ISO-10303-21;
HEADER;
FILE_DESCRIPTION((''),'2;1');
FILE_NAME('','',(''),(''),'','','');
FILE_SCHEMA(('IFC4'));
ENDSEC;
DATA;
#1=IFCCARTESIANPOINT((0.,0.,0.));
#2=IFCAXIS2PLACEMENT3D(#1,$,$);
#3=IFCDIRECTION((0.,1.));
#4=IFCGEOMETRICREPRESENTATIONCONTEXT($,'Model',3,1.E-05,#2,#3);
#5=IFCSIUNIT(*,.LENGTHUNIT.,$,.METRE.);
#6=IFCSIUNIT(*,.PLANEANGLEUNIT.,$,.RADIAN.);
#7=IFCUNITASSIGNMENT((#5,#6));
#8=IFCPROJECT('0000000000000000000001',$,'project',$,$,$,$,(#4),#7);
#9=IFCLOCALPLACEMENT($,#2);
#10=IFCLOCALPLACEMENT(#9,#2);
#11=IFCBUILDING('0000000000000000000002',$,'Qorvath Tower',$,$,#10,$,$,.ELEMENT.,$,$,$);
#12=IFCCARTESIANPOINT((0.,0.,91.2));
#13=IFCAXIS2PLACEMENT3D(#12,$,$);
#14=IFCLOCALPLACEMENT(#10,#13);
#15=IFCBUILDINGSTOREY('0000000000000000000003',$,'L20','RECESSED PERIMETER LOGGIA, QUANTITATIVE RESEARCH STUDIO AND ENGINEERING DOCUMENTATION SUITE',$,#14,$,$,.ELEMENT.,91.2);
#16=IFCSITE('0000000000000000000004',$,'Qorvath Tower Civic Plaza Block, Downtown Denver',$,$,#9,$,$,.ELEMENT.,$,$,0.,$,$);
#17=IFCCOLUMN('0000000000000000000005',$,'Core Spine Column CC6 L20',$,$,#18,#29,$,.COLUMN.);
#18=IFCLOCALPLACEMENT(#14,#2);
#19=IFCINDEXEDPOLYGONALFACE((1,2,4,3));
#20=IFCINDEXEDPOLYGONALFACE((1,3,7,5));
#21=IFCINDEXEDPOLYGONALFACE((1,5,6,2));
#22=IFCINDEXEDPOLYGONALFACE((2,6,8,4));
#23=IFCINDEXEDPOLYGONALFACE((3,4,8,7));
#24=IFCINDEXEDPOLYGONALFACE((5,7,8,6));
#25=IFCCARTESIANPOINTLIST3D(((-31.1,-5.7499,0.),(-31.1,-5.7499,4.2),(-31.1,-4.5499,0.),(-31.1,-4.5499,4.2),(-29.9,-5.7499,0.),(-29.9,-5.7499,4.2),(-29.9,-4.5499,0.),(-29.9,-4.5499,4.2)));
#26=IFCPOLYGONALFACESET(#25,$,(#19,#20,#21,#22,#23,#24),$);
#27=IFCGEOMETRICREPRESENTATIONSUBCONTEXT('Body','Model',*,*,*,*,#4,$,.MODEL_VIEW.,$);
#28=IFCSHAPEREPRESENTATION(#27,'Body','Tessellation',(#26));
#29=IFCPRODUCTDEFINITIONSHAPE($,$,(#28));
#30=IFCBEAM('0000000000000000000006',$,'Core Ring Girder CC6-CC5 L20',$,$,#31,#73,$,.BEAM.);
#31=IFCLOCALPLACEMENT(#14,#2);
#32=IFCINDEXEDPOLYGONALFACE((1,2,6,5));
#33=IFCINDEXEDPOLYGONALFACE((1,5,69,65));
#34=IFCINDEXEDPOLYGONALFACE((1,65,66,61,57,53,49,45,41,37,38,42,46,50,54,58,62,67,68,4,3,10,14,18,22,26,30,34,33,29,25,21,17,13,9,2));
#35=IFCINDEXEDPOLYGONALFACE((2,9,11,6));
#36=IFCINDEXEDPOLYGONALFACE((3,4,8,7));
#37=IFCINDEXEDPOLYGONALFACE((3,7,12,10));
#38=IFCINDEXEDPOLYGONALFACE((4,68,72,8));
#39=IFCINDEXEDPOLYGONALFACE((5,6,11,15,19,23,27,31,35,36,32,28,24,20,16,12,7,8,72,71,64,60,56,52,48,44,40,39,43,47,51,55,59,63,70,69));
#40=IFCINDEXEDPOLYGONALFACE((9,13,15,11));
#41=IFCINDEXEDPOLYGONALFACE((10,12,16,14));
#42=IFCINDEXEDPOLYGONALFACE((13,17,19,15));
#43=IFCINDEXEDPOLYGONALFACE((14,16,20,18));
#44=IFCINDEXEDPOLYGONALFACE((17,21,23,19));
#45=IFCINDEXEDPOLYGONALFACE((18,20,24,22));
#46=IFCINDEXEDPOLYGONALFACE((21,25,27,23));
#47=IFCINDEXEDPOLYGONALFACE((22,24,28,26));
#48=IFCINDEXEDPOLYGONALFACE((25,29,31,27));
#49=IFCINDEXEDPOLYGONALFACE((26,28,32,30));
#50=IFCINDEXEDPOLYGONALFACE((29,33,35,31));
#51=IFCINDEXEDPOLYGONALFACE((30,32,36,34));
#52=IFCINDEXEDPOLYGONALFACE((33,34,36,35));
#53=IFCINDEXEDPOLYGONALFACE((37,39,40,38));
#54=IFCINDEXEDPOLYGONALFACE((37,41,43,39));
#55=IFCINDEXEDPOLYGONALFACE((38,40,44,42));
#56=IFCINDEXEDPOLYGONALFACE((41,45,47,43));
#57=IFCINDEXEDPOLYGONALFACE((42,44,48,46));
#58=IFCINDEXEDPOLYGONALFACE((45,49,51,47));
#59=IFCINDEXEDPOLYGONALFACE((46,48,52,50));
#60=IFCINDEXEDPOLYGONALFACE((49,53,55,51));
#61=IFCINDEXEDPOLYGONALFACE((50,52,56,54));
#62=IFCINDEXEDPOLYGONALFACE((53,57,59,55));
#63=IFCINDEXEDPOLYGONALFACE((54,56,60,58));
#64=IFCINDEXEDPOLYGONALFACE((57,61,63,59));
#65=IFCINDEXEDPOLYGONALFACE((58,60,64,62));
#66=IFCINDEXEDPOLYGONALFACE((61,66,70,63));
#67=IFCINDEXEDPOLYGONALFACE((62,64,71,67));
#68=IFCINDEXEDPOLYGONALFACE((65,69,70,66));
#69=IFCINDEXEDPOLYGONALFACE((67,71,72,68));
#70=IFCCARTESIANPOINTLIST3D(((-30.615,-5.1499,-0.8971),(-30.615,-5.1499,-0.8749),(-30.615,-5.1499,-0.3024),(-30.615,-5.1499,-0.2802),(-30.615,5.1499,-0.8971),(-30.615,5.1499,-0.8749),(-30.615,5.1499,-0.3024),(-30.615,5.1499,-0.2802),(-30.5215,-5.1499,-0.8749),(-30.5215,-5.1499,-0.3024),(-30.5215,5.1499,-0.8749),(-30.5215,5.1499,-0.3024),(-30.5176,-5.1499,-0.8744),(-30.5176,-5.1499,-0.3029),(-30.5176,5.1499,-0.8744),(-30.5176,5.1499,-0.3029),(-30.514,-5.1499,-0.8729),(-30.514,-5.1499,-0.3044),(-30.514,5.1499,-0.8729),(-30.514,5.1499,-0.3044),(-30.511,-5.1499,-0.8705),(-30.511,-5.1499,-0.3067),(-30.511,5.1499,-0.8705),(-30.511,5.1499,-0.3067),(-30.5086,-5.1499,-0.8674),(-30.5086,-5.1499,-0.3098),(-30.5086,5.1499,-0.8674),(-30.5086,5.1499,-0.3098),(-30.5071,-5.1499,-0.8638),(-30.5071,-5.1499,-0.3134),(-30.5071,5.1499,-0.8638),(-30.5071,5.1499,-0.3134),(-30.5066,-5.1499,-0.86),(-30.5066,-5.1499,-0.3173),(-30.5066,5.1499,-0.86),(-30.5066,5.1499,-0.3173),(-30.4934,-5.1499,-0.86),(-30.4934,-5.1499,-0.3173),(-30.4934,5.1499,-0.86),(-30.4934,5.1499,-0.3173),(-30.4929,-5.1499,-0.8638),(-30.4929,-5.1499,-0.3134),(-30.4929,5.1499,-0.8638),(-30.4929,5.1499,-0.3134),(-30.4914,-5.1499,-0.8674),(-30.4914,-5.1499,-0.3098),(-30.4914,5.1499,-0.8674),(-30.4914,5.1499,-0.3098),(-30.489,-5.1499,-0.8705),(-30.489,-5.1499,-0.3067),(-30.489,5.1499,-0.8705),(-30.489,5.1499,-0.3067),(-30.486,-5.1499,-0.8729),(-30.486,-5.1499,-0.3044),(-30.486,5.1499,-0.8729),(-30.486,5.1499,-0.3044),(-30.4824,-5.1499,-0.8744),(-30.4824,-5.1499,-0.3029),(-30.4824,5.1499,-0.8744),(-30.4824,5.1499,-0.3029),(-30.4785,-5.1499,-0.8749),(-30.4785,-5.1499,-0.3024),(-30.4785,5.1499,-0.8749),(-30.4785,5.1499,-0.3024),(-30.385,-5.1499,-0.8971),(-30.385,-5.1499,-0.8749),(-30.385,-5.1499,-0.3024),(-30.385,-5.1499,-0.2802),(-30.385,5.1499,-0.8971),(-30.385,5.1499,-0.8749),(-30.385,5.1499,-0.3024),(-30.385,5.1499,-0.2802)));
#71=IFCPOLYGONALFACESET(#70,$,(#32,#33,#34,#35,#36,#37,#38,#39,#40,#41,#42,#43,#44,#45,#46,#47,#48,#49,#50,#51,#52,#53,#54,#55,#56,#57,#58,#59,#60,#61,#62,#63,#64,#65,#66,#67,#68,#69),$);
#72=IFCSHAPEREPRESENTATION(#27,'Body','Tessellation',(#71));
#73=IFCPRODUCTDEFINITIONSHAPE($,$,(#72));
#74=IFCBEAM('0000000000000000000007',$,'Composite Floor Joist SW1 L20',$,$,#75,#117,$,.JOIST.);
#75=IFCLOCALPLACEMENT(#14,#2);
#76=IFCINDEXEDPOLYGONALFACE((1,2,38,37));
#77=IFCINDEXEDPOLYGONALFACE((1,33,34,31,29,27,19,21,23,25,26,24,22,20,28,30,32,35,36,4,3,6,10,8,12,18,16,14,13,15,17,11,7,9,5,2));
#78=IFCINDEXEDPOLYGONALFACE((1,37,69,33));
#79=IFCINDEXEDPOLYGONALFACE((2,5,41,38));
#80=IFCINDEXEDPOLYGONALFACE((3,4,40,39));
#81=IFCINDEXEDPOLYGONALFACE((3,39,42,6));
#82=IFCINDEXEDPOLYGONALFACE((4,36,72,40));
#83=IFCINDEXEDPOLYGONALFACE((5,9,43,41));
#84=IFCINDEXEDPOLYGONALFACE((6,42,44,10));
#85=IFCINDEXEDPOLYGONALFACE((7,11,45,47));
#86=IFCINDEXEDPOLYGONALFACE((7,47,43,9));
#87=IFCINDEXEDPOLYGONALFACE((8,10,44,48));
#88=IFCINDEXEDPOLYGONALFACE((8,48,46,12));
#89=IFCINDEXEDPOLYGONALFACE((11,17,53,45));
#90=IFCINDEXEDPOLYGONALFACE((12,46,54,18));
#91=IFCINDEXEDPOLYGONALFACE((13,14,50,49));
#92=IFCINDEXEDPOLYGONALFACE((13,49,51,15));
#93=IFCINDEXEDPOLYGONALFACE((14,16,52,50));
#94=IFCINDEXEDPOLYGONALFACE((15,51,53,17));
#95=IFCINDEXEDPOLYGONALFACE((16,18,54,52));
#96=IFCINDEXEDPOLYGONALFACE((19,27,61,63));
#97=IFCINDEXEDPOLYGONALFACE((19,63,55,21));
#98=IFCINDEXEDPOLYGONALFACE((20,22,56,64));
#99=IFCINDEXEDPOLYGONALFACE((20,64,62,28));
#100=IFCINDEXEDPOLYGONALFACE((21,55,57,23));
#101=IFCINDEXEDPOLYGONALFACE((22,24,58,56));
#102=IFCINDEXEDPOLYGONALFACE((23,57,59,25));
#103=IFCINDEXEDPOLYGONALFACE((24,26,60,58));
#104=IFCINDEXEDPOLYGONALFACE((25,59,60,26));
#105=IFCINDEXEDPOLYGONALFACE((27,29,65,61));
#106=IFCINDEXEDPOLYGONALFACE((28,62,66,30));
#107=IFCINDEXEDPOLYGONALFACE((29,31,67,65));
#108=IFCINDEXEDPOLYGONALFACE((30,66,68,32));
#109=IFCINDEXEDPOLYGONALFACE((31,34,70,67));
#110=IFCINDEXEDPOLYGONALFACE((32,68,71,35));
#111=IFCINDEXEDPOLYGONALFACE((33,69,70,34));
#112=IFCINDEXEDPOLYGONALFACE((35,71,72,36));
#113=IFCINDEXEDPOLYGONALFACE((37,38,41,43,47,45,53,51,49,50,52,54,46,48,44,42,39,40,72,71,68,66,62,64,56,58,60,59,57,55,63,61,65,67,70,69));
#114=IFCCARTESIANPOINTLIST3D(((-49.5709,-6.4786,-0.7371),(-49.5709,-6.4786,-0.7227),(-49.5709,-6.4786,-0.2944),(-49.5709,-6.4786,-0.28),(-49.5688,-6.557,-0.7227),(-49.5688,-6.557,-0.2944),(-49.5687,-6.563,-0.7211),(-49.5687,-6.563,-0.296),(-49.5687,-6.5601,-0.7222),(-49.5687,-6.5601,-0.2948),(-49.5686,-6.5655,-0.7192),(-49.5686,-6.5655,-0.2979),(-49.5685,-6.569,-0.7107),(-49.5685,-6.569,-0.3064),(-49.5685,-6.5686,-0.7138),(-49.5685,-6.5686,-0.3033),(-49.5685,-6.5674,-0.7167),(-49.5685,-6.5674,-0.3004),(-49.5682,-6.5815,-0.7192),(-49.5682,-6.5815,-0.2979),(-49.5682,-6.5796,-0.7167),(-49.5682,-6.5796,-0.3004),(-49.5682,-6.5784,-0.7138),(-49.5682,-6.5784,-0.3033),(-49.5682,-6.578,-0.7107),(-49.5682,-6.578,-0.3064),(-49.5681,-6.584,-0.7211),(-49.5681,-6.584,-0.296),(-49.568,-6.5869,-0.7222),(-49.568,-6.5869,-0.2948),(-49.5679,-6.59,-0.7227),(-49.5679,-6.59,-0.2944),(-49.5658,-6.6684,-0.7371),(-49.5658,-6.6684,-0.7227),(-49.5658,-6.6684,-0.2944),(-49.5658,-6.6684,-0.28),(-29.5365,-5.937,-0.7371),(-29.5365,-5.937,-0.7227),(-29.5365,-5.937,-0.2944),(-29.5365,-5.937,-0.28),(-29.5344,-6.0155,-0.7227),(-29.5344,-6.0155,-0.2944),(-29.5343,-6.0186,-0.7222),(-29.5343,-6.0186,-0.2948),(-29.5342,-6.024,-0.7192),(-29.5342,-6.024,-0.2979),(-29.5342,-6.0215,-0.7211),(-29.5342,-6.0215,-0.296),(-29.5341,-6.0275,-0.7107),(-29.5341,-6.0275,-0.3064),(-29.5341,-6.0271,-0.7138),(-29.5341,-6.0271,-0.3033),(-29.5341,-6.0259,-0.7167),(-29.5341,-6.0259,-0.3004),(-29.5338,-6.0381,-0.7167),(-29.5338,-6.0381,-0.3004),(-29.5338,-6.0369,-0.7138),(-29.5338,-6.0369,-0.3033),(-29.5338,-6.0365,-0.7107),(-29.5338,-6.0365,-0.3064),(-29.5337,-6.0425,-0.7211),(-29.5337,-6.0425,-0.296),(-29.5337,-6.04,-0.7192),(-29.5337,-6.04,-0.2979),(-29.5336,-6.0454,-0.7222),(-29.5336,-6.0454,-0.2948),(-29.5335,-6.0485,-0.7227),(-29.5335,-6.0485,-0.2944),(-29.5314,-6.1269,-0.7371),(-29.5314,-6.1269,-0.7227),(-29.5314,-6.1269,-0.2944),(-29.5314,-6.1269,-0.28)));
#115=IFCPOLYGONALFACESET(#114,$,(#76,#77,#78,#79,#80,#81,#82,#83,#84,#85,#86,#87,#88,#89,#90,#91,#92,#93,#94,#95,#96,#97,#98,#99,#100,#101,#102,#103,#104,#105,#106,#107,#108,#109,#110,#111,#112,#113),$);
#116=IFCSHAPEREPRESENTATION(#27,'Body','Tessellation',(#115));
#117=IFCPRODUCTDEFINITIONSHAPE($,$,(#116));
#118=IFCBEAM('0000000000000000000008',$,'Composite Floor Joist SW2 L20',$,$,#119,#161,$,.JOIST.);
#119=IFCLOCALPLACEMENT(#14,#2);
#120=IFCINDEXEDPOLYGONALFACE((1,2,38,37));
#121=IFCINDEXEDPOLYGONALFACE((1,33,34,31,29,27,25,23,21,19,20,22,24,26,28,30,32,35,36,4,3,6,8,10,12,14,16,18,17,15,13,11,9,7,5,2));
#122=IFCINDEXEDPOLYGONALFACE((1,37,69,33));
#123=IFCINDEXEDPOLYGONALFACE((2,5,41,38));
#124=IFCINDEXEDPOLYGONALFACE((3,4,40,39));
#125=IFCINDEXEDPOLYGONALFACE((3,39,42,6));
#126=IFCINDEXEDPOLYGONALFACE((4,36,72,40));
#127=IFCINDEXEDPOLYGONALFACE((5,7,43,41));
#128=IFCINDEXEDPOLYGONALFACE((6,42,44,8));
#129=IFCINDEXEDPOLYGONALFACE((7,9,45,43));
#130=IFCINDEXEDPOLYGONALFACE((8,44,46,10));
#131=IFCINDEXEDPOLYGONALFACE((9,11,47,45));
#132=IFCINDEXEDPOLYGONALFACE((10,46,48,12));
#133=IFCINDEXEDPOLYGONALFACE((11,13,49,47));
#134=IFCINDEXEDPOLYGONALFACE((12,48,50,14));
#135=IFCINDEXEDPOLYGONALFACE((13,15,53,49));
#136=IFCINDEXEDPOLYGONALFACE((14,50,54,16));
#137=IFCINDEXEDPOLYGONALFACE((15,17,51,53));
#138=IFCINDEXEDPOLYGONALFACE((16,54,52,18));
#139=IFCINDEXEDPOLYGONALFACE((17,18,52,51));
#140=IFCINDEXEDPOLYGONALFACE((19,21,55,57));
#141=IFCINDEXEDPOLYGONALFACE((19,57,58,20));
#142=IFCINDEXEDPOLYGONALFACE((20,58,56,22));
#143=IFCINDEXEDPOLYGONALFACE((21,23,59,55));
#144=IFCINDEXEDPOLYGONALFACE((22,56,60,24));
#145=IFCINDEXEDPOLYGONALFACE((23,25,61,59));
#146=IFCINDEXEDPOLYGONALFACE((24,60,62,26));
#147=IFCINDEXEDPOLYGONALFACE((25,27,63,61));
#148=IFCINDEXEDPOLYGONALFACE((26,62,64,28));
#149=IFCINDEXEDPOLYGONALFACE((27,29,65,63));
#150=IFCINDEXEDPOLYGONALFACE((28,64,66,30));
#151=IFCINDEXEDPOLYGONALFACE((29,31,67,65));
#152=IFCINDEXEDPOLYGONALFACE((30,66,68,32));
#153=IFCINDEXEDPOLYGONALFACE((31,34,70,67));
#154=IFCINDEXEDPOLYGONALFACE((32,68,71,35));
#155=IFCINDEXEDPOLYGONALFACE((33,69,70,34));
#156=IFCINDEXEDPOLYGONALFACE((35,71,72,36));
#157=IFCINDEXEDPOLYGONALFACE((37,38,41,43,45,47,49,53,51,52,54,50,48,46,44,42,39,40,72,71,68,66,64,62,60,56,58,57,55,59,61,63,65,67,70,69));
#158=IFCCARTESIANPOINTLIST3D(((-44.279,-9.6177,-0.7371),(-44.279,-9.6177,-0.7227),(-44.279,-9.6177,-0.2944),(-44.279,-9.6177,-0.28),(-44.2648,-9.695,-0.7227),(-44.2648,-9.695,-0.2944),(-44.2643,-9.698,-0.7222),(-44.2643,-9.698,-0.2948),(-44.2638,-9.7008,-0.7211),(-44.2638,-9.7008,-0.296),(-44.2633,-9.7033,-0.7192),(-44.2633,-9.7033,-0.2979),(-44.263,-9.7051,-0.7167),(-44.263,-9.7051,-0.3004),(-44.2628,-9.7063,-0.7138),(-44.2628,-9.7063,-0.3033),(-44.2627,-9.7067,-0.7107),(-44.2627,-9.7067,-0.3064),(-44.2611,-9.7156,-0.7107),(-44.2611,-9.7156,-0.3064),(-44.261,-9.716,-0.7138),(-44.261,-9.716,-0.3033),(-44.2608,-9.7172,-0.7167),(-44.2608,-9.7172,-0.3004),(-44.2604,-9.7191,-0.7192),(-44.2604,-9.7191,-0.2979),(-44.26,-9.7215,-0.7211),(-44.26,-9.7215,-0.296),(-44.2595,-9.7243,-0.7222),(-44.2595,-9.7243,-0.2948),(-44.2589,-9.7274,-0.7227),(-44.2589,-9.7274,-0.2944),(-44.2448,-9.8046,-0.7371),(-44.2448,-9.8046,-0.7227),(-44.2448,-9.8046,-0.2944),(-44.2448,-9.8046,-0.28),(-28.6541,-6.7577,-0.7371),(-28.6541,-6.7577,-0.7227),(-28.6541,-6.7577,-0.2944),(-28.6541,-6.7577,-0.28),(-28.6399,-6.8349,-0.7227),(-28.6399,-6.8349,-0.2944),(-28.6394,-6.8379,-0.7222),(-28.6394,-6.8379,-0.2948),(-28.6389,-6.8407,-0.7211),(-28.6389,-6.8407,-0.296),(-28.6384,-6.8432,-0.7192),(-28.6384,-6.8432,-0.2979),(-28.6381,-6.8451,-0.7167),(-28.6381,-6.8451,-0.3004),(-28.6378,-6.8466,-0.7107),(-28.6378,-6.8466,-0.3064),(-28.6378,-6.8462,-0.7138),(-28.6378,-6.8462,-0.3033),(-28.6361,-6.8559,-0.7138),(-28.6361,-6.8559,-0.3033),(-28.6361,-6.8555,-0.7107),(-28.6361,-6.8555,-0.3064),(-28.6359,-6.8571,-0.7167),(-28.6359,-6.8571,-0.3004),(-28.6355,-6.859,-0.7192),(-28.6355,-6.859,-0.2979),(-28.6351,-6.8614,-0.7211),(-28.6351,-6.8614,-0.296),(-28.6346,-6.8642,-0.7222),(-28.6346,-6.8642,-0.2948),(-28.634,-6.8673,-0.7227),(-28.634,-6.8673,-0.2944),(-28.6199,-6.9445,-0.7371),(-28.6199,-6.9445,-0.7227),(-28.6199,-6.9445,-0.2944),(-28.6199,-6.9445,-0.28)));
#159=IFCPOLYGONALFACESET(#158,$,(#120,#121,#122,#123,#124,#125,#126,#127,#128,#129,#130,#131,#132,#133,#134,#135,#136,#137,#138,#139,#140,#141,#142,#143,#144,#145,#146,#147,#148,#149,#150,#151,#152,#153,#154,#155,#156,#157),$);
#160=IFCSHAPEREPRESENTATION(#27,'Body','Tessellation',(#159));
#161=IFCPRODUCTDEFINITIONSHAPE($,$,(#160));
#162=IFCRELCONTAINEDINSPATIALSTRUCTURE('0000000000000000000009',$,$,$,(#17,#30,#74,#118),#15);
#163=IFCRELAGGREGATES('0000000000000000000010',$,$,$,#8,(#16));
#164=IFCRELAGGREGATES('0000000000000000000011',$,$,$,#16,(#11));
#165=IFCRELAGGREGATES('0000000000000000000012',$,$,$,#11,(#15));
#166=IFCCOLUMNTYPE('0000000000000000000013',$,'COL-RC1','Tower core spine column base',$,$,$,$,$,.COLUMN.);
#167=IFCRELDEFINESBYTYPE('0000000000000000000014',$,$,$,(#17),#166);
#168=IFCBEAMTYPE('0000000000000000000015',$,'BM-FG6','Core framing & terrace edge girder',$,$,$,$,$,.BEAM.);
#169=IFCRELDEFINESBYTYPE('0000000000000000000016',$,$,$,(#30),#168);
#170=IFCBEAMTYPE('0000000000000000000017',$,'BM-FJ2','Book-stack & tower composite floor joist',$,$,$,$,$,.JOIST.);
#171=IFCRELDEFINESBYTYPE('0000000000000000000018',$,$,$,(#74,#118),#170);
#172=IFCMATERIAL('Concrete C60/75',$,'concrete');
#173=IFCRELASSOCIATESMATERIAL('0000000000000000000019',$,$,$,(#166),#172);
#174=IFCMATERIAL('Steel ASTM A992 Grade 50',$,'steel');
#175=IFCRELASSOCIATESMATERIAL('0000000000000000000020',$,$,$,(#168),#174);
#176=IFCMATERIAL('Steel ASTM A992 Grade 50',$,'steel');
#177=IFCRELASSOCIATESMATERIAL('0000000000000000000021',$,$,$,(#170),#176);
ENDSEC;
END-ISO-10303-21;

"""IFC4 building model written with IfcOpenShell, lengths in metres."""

from ifc_helpers import new_model, si_unit, direction, frame, origin, origin_2d, place, context, subcontext, project, spatial, rectangle, i_section, extrude, material, material_profile, profile_set, type_object, element, save


model = new_model("IFC4")

# Units and contexts
model_context = context("Model", 3, precision=1e-05, world=origin(), true_north=direction((0.0, 1.0)))
body_context = subcontext(model_context, "Body", "Model", "MODEL_VIEW")
ifc_project = project(units=[si_unit("LENGTHUNIT", "METRE"), si_unit("PLANEANGLEUNIT", "RADIAN")], contexts=[model_context])

# Site, building, storey
site_placement = place(None, origin())
site = spatial("IfcSite", under=ifc_project, at=site_placement, Name="Qorvath Tower Civic Plaza Block, Downtown Denver", CompositionType="ELEMENT", RefElevation=0.0)
building_placement = place(site_placement, origin())
building = spatial("IfcBuilding", under=site, at=building_placement, Name="Qorvath Tower", CompositionType="ELEMENT")
storey_placement = place(building_placement, frame((0.0, 0.0, 91.2)))
storey = spatial("IfcBuildingStorey", under=building, at=storey_placement, Name="L20", Description="RECESSED PERIMETER LOGGIA, QUANTITATIVE RESEARCH STUDIO AND ENGINEERING DOCUMENTATION SUITE", CompositionType="ELEMENT", Elevation=91.2)

# Column
ifc_material_1 = material(Name="Concrete C60/75", Category="concrete")
ifc_material_profile_1 = material_profile(ifc_material_1, rectangle(XDim=1.2, YDim=1.2, at=origin_2d()), Name="RC 1200x1200")
ifc_profile_set_1 = profile_set([ifc_material_profile_1], Name="Concrete C60/75")
column_type = type_object("IfcColumnType", Name="COL-RC1", Description="Tower core spine column base", PredefinedType="COLUMN", material=ifc_profile_set_1)
column_placement = place(storey_placement, frame((-30.5, -5.1499, 0.0), z_axis=(0.0, 0.0, 1.0), x_axis=(1.0, 0.0, 0.0)))
element("IfcColumn", 1, at=column_placement, inside=storey, type_object=column_type, Name="Core Spine Column CC6 L20", PredefinedType="COLUMN", context=body_context, shape_type="SweptSolid", body=[
    extrude(rectangle(XDim=1.2, YDim=1.2, at=origin_2d()), origin(), (0.0, 0.0, 1.0), 4.2),
])

# Beams
ifc_material_2 = material(Name="Steel ASTM A992 Grade 50", Category="steel")
ifc_material_profile_2 = material_profile(ifc_material_2, i_section(OverallWidth=0.23, OverallDepth=0.6169, WebThickness=0.0132, FlangeThickness=0.0222, FilletRadius=0.0149, at=origin_2d()), Name="W24x94")
ifc_profile_set_2 = profile_set([ifc_material_profile_2], Name="Steel ASTM A992 Grade 50")
beam_type_1 = type_object("IfcBeamType", Name="BM-FG6", Description="Core framing & terrace edge girder", PredefinedType="BEAM", material=ifc_profile_set_2)
beam_1_placement = place(storey_placement, frame((-30.5, -5.1499, -0.5886), z_axis=(0.0, 1.0, 0.0), x_axis=(-1.0, 0.0, 0.0)))
element("IfcBeam", 2, at=beam_1_placement, inside=storey, type_object=beam_type_1, Name="Core Ring Girder CC6-CC5 L20", PredefinedType="BEAM", context=body_context, shape_type="SweptSolid", body=[
    extrude(i_section(OverallWidth=0.23, OverallDepth=0.6169, WebThickness=0.0132, FlangeThickness=0.0222, FilletRadius=0.0149, at=origin_2d()), origin(), (0.0, 0.0, 1.0), 10.2998),
])
ifc_material_3 = material(Name="Steel ASTM A992 Grade 50", Category="steel")
ifc_material_profile_3 = material_profile(ifc_material_3, i_section(OverallWidth=0.1899, OverallDepth=0.457, WebThickness=0.009, FlangeThickness=0.0144, FilletRadius=0.012, at=origin_2d()), Name="W18x50")
ifc_profile_set_3 = profile_set([ifc_material_profile_3], Name="Steel ASTM A992 Grade 50")
beam_type_2 = type_object("IfcBeamType", Name="BM-FJ2", Description="Book-stack & tower composite floor joist", PredefinedType="JOIST", material=ifc_profile_set_3)
beam_2_placement = place(storey_placement, frame((-29.5339, -6.032, -0.5085), z_axis=(-0.999635, -0.027019, 0.0), x_axis=(0.027019, -0.999635, 0.0)))
element("IfcBeam", 3, at=beam_2_placement, inside=storey, type_object=beam_type_2, Name="Composite Floor Joist SW1 L20", PredefinedType="JOIST", context=body_context, shape_type="SweptSolid", body=[
    extrude(i_section(OverallWidth=0.1899, OverallDepth=0.457, WebThickness=0.009, FlangeThickness=0.0144, FilletRadius=0.012, at=origin_2d()), origin(), (0.0, 0.0, 1.0), 20.0417),
])
beam_3_placement = place(storey_placement, frame((-28.637, -6.8511, -0.5085), z_axis=(-0.983656, -0.180055, 0.0), x_axis=(0.180055, -0.983656, 0.0)))
element("IfcBeam", 4, at=beam_3_placement, inside=storey, type_object=beam_type_2, Name="Composite Floor Joist SW2 L20", PredefinedType="JOIST", context=body_context, shape_type="SweptSolid", body=[
    extrude(i_section(OverallWidth=0.1899, OverallDepth=0.457, WebThickness=0.009, FlangeThickness=0.0144, FilletRadius=0.012, at=origin_2d()), origin(), (0.0, 0.0, 1.0), 15.8845),
])

save(model, "model.ifc")
